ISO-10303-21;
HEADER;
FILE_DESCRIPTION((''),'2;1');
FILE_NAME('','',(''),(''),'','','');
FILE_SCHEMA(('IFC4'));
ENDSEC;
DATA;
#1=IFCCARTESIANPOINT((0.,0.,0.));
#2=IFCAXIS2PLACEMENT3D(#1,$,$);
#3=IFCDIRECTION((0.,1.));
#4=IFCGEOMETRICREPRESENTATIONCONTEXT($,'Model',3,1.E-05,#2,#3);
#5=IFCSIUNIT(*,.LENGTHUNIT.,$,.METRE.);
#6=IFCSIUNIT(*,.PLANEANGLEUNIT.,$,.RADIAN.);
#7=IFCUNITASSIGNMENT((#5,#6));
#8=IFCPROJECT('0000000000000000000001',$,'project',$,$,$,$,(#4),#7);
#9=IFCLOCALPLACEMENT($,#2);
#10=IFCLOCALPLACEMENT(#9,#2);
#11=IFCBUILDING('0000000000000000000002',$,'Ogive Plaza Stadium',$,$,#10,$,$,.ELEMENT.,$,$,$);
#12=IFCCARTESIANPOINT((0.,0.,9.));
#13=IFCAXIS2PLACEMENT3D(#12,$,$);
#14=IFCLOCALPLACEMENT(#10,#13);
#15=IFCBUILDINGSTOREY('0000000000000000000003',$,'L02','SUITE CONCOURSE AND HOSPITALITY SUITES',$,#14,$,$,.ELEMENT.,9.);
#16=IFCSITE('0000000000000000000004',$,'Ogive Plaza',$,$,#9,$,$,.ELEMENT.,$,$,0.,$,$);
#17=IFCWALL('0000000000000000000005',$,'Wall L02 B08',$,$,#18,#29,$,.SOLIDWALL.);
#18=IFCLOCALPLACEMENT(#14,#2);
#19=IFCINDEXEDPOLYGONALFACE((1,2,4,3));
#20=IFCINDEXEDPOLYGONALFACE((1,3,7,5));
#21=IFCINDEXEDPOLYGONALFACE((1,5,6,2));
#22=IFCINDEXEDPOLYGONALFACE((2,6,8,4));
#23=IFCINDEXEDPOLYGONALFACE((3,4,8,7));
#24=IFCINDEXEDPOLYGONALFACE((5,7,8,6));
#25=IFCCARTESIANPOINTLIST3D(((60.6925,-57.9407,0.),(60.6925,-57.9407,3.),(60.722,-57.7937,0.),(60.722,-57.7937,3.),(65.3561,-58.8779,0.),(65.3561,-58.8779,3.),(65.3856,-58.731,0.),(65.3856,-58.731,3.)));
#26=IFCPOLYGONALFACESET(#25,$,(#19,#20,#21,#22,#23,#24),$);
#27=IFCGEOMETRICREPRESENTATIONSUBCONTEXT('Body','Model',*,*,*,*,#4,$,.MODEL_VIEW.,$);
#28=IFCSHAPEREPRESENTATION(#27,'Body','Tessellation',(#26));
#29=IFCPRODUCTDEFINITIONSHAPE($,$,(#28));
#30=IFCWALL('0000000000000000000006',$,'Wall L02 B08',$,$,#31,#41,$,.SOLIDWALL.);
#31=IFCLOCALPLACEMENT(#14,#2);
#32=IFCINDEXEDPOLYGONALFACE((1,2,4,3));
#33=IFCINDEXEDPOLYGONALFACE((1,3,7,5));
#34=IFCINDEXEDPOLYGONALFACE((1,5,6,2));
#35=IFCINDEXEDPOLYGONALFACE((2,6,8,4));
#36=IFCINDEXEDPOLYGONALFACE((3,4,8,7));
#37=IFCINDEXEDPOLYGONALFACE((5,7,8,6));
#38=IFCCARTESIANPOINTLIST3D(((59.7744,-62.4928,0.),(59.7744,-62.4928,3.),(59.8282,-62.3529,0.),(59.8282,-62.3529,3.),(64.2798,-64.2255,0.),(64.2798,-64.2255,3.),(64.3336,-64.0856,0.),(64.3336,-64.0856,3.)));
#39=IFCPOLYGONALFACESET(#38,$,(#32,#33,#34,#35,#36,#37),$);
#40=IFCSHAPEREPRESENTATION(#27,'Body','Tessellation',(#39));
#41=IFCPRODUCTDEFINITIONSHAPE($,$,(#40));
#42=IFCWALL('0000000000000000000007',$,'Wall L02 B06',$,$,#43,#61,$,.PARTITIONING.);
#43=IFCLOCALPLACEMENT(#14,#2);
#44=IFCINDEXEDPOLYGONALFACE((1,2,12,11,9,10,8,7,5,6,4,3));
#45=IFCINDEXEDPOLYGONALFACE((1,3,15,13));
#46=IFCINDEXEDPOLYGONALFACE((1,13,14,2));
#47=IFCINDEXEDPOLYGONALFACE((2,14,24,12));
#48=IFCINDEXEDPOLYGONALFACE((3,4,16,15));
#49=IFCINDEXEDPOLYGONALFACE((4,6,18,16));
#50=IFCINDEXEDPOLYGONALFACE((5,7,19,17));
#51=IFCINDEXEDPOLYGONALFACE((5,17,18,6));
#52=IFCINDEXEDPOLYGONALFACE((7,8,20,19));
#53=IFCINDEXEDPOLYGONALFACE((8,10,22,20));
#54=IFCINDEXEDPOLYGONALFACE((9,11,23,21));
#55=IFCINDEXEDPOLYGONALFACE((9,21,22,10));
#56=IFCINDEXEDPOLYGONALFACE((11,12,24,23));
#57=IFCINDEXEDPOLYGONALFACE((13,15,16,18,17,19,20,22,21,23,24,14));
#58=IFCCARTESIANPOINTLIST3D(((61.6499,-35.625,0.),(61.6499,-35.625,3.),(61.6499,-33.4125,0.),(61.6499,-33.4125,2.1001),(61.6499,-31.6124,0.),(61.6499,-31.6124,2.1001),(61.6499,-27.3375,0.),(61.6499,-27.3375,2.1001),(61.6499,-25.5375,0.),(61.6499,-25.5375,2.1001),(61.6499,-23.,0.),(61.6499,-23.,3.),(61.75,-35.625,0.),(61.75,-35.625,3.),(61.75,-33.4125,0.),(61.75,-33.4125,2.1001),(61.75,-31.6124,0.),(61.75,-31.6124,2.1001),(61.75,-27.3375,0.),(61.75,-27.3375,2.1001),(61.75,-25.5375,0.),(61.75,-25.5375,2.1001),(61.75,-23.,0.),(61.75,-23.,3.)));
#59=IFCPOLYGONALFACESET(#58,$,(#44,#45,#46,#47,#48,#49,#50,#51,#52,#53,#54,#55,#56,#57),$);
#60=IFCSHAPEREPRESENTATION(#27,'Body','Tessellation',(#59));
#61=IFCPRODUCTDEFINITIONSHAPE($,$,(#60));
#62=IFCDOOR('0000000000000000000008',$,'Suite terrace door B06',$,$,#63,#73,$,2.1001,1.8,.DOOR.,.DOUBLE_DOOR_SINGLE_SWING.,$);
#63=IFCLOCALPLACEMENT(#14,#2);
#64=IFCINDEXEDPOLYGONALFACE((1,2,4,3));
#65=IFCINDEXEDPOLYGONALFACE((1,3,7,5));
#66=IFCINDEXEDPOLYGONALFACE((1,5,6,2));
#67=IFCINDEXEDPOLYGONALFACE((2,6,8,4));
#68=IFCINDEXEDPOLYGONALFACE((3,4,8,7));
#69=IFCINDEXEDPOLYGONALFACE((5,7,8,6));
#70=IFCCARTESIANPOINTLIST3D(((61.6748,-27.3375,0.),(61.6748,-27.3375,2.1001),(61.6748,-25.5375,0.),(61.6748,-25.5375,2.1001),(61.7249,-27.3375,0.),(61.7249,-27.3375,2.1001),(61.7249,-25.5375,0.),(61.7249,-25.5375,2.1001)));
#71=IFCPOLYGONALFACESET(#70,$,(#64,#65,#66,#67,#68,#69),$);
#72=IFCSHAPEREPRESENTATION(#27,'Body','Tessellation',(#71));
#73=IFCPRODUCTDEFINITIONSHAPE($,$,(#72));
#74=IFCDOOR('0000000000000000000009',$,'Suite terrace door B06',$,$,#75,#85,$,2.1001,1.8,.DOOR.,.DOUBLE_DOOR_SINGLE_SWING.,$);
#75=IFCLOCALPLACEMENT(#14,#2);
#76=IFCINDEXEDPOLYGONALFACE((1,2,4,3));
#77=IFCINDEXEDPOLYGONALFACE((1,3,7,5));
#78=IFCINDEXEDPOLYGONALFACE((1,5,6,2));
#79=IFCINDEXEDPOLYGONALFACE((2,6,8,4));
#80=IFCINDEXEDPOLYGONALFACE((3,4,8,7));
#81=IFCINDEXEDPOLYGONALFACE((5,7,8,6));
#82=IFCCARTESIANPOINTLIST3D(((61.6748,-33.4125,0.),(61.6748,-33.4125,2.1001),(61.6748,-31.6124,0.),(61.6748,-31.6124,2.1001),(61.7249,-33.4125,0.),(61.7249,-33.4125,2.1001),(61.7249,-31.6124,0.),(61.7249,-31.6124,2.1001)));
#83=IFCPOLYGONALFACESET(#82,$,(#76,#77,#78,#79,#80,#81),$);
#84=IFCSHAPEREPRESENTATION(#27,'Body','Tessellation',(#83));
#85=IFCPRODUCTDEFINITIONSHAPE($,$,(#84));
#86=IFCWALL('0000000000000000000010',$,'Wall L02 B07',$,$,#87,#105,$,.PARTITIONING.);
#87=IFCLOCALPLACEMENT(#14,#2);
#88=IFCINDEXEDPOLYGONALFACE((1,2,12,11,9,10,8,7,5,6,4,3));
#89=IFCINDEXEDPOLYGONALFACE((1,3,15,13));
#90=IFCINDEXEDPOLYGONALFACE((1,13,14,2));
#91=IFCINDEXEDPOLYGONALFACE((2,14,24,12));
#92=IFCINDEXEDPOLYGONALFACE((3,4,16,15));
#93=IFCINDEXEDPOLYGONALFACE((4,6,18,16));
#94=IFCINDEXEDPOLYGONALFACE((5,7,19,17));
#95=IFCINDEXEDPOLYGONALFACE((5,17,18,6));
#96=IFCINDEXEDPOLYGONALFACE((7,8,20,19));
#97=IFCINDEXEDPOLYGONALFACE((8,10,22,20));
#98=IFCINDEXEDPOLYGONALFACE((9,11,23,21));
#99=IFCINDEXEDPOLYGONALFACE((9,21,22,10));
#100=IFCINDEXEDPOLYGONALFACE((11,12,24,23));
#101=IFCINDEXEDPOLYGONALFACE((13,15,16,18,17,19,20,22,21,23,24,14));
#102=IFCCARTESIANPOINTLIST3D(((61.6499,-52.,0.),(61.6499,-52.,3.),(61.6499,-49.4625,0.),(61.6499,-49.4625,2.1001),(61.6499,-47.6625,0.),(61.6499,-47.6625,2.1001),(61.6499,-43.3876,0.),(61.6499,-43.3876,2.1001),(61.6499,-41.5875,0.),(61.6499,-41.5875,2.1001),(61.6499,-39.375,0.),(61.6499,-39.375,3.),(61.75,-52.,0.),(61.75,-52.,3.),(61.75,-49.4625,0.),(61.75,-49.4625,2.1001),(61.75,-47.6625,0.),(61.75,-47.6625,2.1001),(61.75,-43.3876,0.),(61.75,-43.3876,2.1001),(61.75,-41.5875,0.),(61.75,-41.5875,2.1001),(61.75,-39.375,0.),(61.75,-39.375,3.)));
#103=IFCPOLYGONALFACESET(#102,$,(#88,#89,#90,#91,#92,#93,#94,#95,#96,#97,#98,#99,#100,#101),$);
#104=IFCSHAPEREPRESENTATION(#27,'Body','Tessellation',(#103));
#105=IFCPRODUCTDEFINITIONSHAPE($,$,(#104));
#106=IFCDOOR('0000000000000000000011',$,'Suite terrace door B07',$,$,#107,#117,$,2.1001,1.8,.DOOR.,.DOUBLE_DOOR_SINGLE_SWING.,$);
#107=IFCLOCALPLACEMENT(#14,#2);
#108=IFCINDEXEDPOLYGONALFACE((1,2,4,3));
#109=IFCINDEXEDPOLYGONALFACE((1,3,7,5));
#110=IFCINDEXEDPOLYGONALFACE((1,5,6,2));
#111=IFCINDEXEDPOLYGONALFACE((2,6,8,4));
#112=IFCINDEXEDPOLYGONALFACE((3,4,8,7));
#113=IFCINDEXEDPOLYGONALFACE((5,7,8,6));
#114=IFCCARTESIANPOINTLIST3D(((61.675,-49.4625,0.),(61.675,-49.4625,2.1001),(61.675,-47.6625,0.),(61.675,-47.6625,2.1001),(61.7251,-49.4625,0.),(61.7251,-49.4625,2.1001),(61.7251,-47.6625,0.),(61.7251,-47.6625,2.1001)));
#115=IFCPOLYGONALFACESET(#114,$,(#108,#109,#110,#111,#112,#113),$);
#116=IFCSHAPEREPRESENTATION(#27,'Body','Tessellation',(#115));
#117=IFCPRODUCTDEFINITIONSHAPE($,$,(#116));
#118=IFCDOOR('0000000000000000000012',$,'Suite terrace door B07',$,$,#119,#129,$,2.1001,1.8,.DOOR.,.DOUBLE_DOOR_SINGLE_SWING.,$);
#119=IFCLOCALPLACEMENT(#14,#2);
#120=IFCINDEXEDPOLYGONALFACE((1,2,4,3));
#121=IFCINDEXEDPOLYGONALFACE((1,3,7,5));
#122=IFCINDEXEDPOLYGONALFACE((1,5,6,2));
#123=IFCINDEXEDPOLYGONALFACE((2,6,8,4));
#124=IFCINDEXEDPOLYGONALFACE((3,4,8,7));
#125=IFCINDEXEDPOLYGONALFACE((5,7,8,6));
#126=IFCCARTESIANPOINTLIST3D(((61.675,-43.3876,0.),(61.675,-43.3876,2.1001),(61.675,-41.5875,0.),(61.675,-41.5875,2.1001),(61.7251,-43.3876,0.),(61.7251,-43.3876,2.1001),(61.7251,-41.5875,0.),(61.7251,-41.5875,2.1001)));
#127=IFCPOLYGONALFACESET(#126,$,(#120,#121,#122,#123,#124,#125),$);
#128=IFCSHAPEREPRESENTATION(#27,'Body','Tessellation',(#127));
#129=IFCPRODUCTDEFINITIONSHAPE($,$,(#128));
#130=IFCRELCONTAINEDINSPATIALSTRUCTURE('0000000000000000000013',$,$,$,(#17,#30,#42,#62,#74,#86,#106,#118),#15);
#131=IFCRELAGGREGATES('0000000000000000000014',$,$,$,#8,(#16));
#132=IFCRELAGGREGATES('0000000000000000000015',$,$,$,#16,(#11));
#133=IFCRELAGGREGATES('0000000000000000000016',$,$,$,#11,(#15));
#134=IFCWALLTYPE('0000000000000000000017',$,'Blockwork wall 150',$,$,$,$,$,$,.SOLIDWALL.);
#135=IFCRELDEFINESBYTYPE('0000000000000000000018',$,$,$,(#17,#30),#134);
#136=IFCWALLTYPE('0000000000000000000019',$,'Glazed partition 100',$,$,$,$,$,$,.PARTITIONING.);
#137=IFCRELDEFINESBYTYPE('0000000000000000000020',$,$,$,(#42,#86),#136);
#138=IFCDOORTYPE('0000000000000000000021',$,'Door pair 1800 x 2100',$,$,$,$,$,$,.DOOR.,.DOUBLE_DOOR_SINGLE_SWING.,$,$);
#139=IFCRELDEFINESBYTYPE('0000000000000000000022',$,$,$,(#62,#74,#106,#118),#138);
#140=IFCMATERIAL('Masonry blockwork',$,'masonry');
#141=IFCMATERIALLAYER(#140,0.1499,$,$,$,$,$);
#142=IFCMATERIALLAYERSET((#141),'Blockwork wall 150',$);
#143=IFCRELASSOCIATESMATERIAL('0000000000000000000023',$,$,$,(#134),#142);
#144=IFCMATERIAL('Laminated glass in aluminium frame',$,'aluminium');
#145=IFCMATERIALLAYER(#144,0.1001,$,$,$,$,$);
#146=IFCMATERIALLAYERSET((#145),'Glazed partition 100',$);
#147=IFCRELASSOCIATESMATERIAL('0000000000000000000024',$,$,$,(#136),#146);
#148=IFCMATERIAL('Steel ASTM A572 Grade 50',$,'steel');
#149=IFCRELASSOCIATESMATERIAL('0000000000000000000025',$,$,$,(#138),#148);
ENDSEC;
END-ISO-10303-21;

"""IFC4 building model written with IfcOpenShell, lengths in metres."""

from ifc_helpers import new_model, si_unit, direction, frame, frame_2d, origin, place, context, subcontext, project, spatial, rectangle, extrude, material, layer, layer_set, type_object, element, fill, save


model = new_model("IFC4")

# Units and contexts
model_context = context("Model", 3, precision=1e-05, world=origin(), true_north=direction((0.0, 1.0)))
body_context = subcontext(model_context, "Body", "Model", "MODEL_VIEW")
ifc_project = project(units=[si_unit("LENGTHUNIT", "METRE"), si_unit("PLANEANGLEUNIT", "RADIAN")], contexts=[model_context])

# Site, building, storey
site_placement = place(None, origin())
site = spatial("IfcSite", under=ifc_project, at=site_placement, Name="Ogive Plaza", CompositionType="ELEMENT", RefElevation=0.0)
building_placement = place(site_placement, origin())
building = spatial("IfcBuilding", under=site, at=building_placement, Name="Ogive Plaza Stadium", CompositionType="ELEMENT")
storey_placement = place(building_placement, frame((0.0, 0.0, 9.0)))
storey = spatial("IfcBuildingStorey", under=building, at=storey_placement, Name="L02", Description="SUITE CONCOURSE AND HOSPITALITY SUITES", CompositionType="ELEMENT", Elevation=9.0)

# Walls
ifc_material_1 = material(Name="Masonry blockwork", Category="masonry")
ifc_layer_1 = layer(ifc_material_1, 0.1499)
ifc_layer_set_1 = layer_set([ifc_layer_1], Name="Blockwork wall 150")
wall_type_1 = type_object("IfcWallType", Name="Blockwork wall 150", PredefinedType="SOLIDWALL", material=ifc_layer_set_1)
wall_1_placement = place(storey_placement, frame((60.7073, -57.8672, 0.0), z_axis=(0.0, 0.0, 1.0), x_axis=(0.980397, -0.197034, 0.0)))
element("IfcWall", 1, at=wall_1_placement, inside=storey, type_object=wall_type_1, Name="Wall L02 B08", PredefinedType="SOLIDWALL", context=body_context, shape_type="SweptSolid", body=[
    extrude(rectangle(XDim=4.7568, YDim=0.1499, at=frame_2d((2.3784, 0.0))), origin(), (0.0, 0.0, 1.0), 3.0),
])
wall_2_placement = place(storey_placement, frame((59.8013, -62.4229, 0.0), z_axis=(0.0, 0.0, 1.0), x_axis=(0.933357, -0.358949, 0.0)))
element("IfcWall", 2, at=wall_2_placement, inside=storey, type_object=wall_type_1, Name="Wall L02 B08", PredefinedType="SOLIDWALL", context=body_context, shape_type="SweptSolid", body=[
    extrude(rectangle(XDim=4.8271, YDim=0.1499, at=frame_2d((2.4136, 0.0))), origin(), (0.0, 0.0, 1.0), 3.0),
])

# Walls, openings, doors
ifc_material_2 = material(Name="Laminated glass in aluminium frame", Category="aluminium")
ifc_layer_2 = layer(ifc_material_2, 0.1001)
ifc_layer_set_2 = layer_set([ifc_layer_2], Name="Glazed partition 100")
wall_type_2 = type_object("IfcWallType", Name="Glazed partition 100", PredefinedType="PARTITIONING", material=ifc_layer_set_2)
wall_3_placement = place(storey_placement, frame((61.7, -23.0, 0.0), z_axis=(0.0, 0.0, 1.0), x_axis=(0.0, -1.0, 0.0)))
wall_3 = element("IfcWall", 3, at=wall_3_placement, inside=storey, type_object=wall_type_2, Name="Wall L02 B06", PredefinedType="PARTITIONING", context=body_context, shape_type="SweptSolid", body=[
    extrude(rectangle(XDim=12.625, YDim=0.1001, at=frame_2d((6.3125, 0.0))), origin(), (0.0, 0.0, 1.0), 3.0),
])
opening_1_placement = place(wall_3_placement, frame((2.5376, 0.0, 0.0)))
opening_1 = element("IfcOpeningElement", 4, at=opening_1_placement, cuts=wall_3, PredefinedType="OPENING", context=body_context, shape_type="SweptSolid", body=[
    extrude(rectangle(XDim=1.8, YDim=2.1001, at=frame_2d((0.8999, 1.05))), frame((0.0, 0.05, 0.0), z_axis=(0.0, -1.0, 0.0), x_axis=(1.0, 0.0, 0.0)), (0.0, 0.0, 1.0), 0.1001),
])
opening_2_placement = place(wall_3_placement, frame((8.6125, 0.0, 0.0)))
opening_2 = element("IfcOpeningElement", 5, at=opening_2_placement, cuts=wall_3, PredefinedType="OPENING", context=body_context, shape_type="SweptSolid", body=[
    extrude(rectangle(XDim=1.8, YDim=2.1001, at=frame_2d((0.8999, 1.05))), frame((0.0, 0.05, 0.0), z_axis=(0.0, -1.0, 0.0), x_axis=(1.0, 0.0, 0.0)), (0.0, 0.0, 1.0), 0.1001),
])
ifc_material_3 = material(Name="Steel ASTM A572 Grade 50", Category="steel")
door_type = type_object("IfcDoorType", Name="Door pair 1800 x 2100", OperationType="DOUBLE_DOOR_SINGLE_SWING", PredefinedType="DOOR", material=ifc_material_3)
door_1_placement = place(opening_1_placement, origin())
door_1 = element("IfcDoor", 6, at=door_1_placement, inside=storey, type_object=door_type, Name="Suite terrace door B06", OperationType="DOUBLE_DOOR_SINGLE_SWING", OverallHeight=2.1001, OverallWidth=1.8, PredefinedType="DOOR", context=body_context, shape_type="SweptSolid", body=[
    extrude(rectangle(XDim=1.8, YDim=2.1001, at=frame_2d((0.8999, 1.05))), frame((0.0, 0.0249, 0.0), z_axis=(0.0, -1.0, 0.0), x_axis=(1.0, 0.0, 0.0)), (0.0, 0.0, 1.0), 0.05),
])
fill(opening_1, door_1)
door_2_placement = place(opening_2_placement, origin())
door_2 = element("IfcDoor", 7, at=door_2_placement, inside=storey, type_object=door_type, Name="Suite terrace door B06", OperationType="DOUBLE_DOOR_SINGLE_SWING", OverallHeight=2.1001, OverallWidth=1.8, PredefinedType="DOOR", context=body_context, shape_type="SweptSolid", body=[
    extrude(rectangle(XDim=1.8, YDim=2.1001, at=frame_2d((0.8999, 1.05))), frame((0.0, 0.0249, 0.0), z_axis=(0.0, -1.0, 0.0), x_axis=(1.0, 0.0, 0.0)), (0.0, 0.0, 1.0), 0.05),
])
fill(opening_2, door_2)
wall_4_placement = place(storey_placement, frame((61.7, -52.0, 0.0), z_axis=(0.0, 0.0, 1.0), x_axis=(0.0, 1.0, 0.0)))
wall_4 = element("IfcWall", 8, at=wall_4_placement, inside=storey, type_object=wall_type_2, Name="Wall L02 B07", PredefinedType="PARTITIONING", context=body_context, shape_type="SweptSolid", body=[
    extrude(rectangle(XDim=12.625, YDim=0.1001, at=frame_2d((6.3125, 0.0))), origin(), (0.0, 0.0, 1.0), 3.0),
])
opening_3_placement = place(wall_4_placement, frame((2.5376, 0.0, 0.0)))
opening_3 = element("IfcOpeningElement", 9, at=opening_3_placement, cuts=wall_4, PredefinedType="OPENING", context=body_context, shape_type="SweptSolid", body=[
    extrude(rectangle(XDim=1.8, YDim=2.1001, at=frame_2d((0.8999, 1.05))), frame((0.0, 0.05, 0.0), z_axis=(0.0, -1.0, 0.0), x_axis=(1.0, 0.0, 0.0)), (0.0, 0.0, 1.0), 0.1001),
])
opening_4_placement = place(wall_4_placement, frame((8.6125, 0.0, 0.0)))
opening_4 = element("IfcOpeningElement", 10, at=opening_4_placement, cuts=wall_4, PredefinedType="OPENING", context=body_context, shape_type="SweptSolid", body=[
    extrude(rectangle(XDim=1.8, YDim=2.1001, at=frame_2d((0.8999, 1.05))), frame((0.0, 0.05, 0.0), z_axis=(0.0, -1.0, 0.0), x_axis=(1.0, 0.0, 0.0)), (0.0, 0.0, 1.0), 0.1001),
])
door_3_placement = place(opening_3_placement, origin())
door_3 = element("IfcDoor", 11, at=door_3_placement, inside=storey, type_object=door_type, Name="Suite terrace door B07", OperationType="DOUBLE_DOOR_SINGLE_SWING", OverallHeight=2.1001, OverallWidth=1.8, PredefinedType="DOOR", context=body_context, shape_type="SweptSolid", body=[
    extrude(rectangle(XDim=1.8, YDim=2.1001, at=frame_2d((0.8999, 1.05))), frame((0.0, 0.0249, 0.0), z_axis=(0.0, -1.0, 0.0), x_axis=(1.0, 0.0, 0.0)), (0.0, 0.0, 1.0), 0.05),
])
fill(opening_3, door_3)
door_4_placement = place(opening_4_placement, origin())
door_4 = element("IfcDoor", 12, at=door_4_placement, inside=storey, type_object=door_type, Name="Suite terrace door B07", OperationType="DOUBLE_DOOR_SINGLE_SWING", OverallHeight=2.1001, OverallWidth=1.8, PredefinedType="DOOR", context=body_context, shape_type="SweptSolid", body=[
    extrude(rectangle(XDim=1.8, YDim=2.1001, at=frame_2d((0.8999, 1.05))), frame((0.0, 0.0249, 0.0), z_axis=(0.0, -1.0, 0.0), x_axis=(1.0, 0.0, 0.0)), (0.0, 0.0, 1.0), 0.05),
])
fill(opening_4, door_4)

save(model, "model.ifc")
